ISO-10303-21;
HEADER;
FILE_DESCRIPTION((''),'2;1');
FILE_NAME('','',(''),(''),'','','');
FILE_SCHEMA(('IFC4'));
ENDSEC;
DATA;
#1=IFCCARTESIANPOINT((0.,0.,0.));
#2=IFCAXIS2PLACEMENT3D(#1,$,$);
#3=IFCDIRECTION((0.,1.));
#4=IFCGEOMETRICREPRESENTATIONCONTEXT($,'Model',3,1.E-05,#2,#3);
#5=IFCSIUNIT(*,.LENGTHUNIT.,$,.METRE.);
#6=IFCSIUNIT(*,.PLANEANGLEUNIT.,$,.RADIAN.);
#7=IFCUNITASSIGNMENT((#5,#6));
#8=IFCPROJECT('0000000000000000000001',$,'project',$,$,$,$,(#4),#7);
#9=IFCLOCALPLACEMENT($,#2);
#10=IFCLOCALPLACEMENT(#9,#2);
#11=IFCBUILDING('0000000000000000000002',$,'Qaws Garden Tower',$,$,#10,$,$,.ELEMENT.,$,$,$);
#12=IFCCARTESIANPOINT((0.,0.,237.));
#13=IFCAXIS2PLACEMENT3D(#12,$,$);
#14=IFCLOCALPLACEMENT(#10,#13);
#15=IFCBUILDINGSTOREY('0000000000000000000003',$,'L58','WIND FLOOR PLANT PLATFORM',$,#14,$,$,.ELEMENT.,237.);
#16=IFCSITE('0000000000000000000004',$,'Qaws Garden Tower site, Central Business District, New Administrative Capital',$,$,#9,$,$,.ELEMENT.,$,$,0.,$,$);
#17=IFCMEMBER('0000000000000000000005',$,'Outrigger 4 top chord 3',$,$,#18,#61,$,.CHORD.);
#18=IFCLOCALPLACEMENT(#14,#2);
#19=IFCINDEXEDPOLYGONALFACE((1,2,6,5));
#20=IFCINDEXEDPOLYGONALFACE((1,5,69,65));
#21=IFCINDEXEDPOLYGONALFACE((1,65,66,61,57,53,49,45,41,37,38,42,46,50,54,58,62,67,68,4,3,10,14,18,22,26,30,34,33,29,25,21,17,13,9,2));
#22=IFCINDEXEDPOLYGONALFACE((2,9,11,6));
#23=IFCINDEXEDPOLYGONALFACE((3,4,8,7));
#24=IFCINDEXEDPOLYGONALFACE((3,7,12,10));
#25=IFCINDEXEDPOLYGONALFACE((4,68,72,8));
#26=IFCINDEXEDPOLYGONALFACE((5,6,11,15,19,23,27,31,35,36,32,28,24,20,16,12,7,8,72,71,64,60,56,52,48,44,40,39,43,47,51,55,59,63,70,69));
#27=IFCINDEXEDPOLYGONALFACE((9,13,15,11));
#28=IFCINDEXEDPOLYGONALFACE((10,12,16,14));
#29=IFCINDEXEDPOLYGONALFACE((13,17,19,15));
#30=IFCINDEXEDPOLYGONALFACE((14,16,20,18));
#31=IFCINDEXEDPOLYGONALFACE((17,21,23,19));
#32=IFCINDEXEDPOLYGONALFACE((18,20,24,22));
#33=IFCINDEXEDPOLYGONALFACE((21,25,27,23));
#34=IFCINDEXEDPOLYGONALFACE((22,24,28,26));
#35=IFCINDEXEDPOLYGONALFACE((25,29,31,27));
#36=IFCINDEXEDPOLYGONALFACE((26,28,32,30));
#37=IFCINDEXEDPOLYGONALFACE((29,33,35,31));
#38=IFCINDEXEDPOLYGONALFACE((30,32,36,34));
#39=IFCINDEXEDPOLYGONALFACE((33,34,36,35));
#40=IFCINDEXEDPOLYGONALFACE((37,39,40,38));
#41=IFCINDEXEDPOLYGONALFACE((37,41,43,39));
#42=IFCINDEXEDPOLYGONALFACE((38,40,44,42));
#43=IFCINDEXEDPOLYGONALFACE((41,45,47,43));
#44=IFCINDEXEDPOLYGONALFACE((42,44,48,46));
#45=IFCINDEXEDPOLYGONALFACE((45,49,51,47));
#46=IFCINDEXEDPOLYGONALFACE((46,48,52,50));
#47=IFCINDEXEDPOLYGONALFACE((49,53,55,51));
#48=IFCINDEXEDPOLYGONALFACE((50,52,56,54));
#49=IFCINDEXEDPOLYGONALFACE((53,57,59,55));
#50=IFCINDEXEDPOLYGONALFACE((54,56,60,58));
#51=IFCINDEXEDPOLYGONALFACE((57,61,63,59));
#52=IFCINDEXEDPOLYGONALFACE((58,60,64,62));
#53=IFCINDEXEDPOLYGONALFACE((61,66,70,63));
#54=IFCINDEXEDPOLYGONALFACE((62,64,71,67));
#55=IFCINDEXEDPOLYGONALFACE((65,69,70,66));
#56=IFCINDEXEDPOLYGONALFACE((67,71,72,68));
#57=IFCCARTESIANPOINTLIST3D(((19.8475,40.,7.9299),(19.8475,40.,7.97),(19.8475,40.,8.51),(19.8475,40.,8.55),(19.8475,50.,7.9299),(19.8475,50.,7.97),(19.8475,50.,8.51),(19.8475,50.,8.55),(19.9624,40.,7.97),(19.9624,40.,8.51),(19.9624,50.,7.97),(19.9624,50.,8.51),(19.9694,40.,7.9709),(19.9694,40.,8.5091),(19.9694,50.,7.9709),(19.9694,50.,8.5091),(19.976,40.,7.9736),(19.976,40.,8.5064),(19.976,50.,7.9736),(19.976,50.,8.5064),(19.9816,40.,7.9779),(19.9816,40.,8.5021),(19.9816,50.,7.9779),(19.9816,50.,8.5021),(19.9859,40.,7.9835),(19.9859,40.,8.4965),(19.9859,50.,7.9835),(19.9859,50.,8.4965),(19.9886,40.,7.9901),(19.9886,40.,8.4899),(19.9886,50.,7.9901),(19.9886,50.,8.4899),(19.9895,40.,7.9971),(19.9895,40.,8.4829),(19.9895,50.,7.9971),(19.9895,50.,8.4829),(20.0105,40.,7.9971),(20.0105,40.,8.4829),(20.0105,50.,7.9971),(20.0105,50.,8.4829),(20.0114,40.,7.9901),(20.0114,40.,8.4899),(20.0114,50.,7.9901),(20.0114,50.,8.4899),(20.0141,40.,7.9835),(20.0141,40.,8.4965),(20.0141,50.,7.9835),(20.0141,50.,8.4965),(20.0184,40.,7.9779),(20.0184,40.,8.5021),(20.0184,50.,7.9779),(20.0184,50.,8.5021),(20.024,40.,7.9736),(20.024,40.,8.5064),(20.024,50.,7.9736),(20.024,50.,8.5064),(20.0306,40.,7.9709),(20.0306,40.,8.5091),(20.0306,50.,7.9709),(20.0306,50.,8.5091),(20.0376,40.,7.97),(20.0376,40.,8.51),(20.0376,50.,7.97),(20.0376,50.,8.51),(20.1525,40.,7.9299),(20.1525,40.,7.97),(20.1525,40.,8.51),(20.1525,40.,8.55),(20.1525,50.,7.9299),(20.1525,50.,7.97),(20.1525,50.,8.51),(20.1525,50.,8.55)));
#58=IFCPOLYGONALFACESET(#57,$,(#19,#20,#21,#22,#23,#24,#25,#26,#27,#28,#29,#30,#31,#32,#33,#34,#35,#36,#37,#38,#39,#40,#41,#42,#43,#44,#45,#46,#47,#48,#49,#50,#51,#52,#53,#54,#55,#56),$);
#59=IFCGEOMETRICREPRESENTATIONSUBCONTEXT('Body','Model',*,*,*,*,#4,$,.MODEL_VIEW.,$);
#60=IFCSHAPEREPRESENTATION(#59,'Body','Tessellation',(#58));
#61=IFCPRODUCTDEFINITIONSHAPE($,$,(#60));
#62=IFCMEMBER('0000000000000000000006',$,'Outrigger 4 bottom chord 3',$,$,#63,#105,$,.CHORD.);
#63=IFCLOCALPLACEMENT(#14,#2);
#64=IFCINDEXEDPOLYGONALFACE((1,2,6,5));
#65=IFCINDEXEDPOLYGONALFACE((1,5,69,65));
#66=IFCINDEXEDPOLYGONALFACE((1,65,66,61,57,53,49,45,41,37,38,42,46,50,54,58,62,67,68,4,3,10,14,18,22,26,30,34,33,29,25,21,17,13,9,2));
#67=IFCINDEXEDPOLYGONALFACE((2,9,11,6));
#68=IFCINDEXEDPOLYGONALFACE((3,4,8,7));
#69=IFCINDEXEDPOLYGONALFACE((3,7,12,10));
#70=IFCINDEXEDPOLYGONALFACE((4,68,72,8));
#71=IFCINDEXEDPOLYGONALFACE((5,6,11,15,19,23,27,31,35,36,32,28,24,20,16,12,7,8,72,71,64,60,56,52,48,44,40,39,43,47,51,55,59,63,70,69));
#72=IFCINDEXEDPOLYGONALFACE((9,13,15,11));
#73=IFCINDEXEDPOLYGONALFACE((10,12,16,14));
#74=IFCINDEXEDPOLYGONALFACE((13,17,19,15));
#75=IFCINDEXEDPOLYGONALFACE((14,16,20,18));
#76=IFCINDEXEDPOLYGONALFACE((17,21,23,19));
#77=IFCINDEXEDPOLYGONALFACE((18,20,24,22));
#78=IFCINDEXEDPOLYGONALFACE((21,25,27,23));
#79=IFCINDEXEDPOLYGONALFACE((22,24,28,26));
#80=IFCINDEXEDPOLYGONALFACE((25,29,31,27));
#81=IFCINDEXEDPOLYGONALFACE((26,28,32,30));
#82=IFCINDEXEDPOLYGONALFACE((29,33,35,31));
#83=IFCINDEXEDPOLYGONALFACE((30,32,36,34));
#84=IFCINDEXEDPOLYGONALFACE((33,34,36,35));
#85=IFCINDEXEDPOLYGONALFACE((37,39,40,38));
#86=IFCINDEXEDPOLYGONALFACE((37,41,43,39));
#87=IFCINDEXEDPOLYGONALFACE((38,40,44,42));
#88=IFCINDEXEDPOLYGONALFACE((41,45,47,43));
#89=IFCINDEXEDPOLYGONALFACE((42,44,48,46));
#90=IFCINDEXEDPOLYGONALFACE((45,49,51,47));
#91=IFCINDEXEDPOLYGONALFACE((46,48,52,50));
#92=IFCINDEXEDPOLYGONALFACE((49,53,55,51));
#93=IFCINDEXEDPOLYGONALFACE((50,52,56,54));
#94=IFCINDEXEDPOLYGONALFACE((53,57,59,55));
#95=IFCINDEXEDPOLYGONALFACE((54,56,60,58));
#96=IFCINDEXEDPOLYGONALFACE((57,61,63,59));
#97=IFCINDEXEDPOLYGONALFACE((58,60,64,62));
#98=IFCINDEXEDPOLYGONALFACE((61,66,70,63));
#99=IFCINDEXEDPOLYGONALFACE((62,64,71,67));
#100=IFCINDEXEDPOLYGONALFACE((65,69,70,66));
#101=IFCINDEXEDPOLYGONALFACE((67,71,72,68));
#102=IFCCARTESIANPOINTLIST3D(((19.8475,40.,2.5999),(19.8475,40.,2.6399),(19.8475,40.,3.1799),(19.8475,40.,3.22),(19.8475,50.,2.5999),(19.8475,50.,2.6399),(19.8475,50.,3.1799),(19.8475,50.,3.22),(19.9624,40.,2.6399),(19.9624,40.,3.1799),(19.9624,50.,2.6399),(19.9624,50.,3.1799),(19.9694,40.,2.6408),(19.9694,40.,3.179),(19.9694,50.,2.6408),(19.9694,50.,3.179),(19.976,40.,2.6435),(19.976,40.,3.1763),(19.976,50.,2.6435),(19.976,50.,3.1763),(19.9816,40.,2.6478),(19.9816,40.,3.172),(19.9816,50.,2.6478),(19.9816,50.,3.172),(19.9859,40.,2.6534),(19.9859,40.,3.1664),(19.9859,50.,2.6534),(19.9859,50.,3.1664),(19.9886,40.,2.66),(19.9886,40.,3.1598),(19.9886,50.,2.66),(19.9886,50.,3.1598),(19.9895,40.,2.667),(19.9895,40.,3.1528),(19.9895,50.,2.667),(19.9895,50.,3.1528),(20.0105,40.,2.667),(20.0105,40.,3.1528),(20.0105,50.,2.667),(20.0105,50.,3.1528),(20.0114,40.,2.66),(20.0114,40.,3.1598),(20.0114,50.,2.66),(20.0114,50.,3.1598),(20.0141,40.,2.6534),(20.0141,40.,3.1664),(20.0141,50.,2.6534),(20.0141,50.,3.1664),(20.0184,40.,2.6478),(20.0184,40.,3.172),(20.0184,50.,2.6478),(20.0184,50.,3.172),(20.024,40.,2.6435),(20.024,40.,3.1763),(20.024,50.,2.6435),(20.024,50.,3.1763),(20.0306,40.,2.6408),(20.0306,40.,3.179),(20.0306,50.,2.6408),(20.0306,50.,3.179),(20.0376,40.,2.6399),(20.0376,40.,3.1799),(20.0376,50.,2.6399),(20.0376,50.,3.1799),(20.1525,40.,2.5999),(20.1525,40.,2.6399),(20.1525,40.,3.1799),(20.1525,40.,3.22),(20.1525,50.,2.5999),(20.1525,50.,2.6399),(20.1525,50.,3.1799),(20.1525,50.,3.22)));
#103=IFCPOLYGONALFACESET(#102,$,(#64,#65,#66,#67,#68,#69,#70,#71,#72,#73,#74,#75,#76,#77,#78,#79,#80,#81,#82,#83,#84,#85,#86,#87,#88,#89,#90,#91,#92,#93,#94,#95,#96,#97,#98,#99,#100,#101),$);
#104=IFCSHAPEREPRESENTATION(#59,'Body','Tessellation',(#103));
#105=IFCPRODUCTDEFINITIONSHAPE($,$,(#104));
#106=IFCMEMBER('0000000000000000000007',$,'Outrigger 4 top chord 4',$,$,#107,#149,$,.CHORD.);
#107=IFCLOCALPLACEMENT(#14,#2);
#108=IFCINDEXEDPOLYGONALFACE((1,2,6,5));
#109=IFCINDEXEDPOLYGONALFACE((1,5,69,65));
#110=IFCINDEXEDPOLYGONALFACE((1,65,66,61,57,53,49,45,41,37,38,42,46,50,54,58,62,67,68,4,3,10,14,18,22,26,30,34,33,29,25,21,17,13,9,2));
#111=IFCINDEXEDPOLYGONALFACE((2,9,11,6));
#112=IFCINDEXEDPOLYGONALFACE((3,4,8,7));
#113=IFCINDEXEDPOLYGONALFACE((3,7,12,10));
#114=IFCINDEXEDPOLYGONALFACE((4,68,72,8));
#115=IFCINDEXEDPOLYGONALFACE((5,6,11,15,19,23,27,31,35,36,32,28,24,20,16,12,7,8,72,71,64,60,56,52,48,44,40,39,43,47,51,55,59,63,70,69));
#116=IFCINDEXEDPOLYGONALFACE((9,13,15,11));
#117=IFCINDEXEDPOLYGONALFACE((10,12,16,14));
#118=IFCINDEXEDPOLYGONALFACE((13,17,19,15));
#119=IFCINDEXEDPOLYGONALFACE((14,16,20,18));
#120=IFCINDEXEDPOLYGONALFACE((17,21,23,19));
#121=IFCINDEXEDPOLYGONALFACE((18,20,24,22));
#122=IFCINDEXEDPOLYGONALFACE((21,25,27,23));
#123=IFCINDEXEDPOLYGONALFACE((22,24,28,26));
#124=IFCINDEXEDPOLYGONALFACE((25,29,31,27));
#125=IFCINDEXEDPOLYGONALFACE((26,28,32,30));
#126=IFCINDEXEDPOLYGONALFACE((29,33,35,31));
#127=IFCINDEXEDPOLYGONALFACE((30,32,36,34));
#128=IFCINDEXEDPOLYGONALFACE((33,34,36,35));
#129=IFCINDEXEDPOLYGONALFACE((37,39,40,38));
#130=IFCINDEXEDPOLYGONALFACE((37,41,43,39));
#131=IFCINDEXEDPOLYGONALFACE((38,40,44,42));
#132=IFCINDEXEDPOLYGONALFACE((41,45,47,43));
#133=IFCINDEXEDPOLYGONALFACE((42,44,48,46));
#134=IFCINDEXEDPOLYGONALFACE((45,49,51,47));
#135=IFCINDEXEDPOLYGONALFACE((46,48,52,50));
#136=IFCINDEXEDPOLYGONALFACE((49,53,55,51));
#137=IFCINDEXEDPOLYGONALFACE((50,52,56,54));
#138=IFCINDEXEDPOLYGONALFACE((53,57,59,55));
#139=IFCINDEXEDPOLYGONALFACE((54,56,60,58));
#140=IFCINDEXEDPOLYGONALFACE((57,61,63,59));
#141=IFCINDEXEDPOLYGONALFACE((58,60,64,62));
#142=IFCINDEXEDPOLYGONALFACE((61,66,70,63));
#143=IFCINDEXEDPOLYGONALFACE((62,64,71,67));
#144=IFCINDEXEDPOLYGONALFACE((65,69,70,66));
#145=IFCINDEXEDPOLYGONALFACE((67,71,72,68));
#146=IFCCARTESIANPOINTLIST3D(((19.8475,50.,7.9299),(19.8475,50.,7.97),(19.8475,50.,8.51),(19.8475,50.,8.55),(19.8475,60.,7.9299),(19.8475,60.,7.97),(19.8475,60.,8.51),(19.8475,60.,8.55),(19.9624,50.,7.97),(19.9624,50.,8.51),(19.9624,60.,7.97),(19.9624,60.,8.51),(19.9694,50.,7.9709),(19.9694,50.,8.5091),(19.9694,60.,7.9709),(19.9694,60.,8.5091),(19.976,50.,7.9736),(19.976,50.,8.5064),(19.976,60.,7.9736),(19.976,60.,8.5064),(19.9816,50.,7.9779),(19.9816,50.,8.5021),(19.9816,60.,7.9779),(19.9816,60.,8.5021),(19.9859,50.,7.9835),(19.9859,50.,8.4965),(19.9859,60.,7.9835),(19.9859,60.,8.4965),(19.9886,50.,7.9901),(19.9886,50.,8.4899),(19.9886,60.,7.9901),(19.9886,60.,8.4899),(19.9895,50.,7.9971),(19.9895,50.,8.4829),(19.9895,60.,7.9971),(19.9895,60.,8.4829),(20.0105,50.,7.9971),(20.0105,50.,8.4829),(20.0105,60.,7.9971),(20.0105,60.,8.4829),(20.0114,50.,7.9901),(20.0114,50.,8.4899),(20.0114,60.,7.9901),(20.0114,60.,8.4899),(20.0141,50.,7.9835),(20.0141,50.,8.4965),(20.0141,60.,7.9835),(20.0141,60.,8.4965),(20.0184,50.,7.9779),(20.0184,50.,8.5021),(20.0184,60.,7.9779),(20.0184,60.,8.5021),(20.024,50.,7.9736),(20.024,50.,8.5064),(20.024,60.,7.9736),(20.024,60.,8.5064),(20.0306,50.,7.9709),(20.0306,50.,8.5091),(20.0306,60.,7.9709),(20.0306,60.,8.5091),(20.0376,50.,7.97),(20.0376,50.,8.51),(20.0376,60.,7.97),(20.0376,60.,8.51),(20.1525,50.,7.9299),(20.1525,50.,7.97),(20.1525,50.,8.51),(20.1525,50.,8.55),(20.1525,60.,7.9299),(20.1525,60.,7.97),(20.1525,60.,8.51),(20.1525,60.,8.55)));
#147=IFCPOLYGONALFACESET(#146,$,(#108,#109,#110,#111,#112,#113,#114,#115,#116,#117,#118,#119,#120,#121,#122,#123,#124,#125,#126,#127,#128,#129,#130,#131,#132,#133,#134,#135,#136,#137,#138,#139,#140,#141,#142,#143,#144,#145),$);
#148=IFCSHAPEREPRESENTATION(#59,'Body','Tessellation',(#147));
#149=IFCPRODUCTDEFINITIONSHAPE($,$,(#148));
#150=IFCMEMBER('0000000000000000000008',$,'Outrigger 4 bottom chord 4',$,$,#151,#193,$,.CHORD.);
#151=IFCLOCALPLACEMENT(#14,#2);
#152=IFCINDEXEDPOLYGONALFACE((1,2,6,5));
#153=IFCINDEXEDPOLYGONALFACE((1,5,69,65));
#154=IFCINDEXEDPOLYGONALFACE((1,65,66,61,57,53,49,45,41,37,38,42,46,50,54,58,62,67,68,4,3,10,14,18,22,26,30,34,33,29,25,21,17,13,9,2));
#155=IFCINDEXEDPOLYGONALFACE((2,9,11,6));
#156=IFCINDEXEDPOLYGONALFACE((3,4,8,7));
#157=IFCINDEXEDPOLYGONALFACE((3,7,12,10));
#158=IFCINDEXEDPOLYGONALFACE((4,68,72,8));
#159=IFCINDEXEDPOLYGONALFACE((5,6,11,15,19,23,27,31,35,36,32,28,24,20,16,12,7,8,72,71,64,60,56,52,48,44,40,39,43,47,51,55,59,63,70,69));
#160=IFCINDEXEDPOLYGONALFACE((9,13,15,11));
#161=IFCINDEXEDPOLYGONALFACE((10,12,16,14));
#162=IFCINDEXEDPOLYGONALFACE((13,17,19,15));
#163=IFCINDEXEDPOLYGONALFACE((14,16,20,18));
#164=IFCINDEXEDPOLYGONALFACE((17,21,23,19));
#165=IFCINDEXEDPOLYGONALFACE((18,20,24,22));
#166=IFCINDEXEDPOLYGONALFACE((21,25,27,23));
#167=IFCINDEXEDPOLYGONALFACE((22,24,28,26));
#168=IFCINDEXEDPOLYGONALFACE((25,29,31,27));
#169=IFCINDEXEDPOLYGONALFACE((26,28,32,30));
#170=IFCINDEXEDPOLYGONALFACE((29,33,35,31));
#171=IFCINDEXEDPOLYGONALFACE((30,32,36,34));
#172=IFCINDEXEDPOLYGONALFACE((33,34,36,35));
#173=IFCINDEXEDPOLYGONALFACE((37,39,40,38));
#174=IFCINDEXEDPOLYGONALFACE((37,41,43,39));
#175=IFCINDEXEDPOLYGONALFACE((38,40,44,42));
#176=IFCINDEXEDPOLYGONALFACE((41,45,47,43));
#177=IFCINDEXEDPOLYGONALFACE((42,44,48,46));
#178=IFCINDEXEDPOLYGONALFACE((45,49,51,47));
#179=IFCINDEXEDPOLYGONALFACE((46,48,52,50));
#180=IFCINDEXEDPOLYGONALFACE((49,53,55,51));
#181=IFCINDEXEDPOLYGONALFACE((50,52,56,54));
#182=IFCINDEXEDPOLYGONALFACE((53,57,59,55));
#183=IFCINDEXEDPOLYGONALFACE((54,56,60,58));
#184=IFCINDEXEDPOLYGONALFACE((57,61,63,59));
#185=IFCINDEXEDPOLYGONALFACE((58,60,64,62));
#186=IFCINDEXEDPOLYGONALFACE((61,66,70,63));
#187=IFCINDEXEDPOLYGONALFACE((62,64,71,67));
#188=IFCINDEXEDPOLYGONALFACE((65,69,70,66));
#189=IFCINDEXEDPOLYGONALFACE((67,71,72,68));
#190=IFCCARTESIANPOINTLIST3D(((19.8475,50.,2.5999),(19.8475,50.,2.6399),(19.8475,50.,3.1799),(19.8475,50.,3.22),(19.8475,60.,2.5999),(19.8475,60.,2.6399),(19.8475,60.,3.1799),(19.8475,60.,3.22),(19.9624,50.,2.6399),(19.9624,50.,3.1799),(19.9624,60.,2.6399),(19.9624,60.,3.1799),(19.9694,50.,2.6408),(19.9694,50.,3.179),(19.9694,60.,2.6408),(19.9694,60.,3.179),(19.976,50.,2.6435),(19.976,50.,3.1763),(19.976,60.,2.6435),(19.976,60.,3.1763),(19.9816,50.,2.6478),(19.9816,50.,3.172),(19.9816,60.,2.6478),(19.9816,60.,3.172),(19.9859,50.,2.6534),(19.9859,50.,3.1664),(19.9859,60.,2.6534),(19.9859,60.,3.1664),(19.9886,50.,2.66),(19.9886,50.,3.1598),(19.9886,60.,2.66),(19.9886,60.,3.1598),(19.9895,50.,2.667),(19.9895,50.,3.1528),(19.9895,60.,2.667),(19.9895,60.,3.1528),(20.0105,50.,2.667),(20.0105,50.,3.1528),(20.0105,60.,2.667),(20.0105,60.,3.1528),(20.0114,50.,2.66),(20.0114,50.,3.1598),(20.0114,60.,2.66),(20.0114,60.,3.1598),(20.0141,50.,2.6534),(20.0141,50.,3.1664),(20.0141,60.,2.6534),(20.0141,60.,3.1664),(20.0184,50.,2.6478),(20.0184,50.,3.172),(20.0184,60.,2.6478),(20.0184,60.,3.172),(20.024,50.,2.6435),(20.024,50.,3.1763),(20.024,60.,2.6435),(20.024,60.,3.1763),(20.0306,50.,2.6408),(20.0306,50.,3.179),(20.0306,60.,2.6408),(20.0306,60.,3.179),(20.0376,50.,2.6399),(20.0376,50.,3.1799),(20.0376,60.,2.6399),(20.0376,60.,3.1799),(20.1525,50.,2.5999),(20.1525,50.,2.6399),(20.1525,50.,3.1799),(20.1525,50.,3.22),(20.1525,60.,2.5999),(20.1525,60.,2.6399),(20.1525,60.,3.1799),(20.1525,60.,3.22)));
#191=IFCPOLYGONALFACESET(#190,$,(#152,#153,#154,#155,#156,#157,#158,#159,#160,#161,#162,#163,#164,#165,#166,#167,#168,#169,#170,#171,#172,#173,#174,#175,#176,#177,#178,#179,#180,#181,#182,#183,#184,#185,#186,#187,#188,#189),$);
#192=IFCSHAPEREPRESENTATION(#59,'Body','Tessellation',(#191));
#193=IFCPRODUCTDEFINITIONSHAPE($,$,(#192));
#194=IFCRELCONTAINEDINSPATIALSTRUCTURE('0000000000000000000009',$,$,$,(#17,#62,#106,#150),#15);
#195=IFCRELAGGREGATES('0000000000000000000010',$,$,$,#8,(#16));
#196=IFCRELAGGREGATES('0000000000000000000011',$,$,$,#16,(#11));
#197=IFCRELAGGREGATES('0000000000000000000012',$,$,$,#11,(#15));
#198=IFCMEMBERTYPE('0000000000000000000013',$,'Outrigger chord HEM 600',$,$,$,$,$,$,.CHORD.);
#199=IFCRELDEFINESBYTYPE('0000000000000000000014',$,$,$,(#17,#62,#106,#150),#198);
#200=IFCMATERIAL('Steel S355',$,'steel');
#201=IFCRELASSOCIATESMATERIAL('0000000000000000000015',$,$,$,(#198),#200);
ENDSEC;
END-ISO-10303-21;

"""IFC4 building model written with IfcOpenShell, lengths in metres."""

from ifc_helpers import new_model, si_unit, direction, frame, origin, origin_2d, place, context, subcontext, project, spatial, i_section, extrude, material, material_profile, profile_set, type_object, element, save


model = new_model("IFC4")

# Units and contexts
model_context = context("Model", 3, precision=1e-05, world=origin(), true_north=direction((0.0, 1.0)))
body_context = subcontext(model_context, "Body", "Model", "MODEL_VIEW")
ifc_project = project(units=[si_unit("LENGTHUNIT", "METRE"), si_unit("PLANEANGLEUNIT", "RADIAN")], contexts=[model_context])

# Site, building, storey
site_placement = place(None, origin())
site = spatial("IfcSite", under=ifc_project, at=site_placement, Name="Qaws Garden Tower site, Central Business District, New Administrative Capital", CompositionType="ELEMENT", RefElevation=0.0)
building_placement = place(site_placement, origin())
building = spatial("IfcBuilding", under=site, at=building_placement, Name="Qaws Garden Tower", CompositionType="ELEMENT")
storey_placement = place(building_placement, frame((0.0, 0.0, 237.0)))
storey = spatial("IfcBuildingStorey", under=building, at=storey_placement, Name="L58", Description="WIND FLOOR PLANT PLATFORM", CompositionType="ELEMENT", Elevation=237.0)

# Members
ifc_material_1 = material(Name="Steel S355", Category="steel")
ifc_material_profile_1 = material_profile(ifc_material_1, i_section(OverallWidth=0.3049, OverallDepth=0.6201, WebThickness=0.021, FlangeThickness=0.04, FilletRadius=0.0271, at=origin_2d()), Name="HEM 600")
ifc_profile_set_1 = profile_set([ifc_material_profile_1], Name="Steel S355")
member_type_1 = type_object("IfcMemberType", Name="Outrigger chord HEM 600", PredefinedType="CHORD", material=ifc_profile_set_1)
for number, where, z_axis, x_axis, name in (
    (1, (20.0, 40.0, 8.24), (0.0, 1.0, 0.0), (-1.0, 0.0, 0.0), "Outrigger 4 top chord 3"),
    (2, (20.0, 40.0, 2.9099), (0.0, 1.0, 0.0), (-1.0, 0.0, 0.0), "Outrigger 4 bottom chord 3"),
    (3, (20.0, 50.0, 8.24), (0.0, 1.0, 0.0), (-1.0, 0.0, 0.0), "Outrigger 4 top chord 4"),
    (4, (20.0, 50.0, 2.9099), (0.0, 1.0, 0.0), (-1.0, 0.0, 0.0), "Outrigger 4 bottom chord 4"),
):
    element("IfcMember", number, at=place(storey_placement, frame(where, z_axis=z_axis, x_axis=x_axis)), inside=storey, type_object=member_type_1, Name=name, PredefinedType="CHORD", context=body_context, shape_type="SweptSolid", body=[
        extrude(i_section(OverallWidth=0.3049, OverallDepth=0.6201, WebThickness=0.021, FlangeThickness=0.04, FilletRadius=0.0271, at=origin_2d()), origin(), (0.0, 0.0, 1.0), 10.0),
    ])

save(model, "model.ifc")
